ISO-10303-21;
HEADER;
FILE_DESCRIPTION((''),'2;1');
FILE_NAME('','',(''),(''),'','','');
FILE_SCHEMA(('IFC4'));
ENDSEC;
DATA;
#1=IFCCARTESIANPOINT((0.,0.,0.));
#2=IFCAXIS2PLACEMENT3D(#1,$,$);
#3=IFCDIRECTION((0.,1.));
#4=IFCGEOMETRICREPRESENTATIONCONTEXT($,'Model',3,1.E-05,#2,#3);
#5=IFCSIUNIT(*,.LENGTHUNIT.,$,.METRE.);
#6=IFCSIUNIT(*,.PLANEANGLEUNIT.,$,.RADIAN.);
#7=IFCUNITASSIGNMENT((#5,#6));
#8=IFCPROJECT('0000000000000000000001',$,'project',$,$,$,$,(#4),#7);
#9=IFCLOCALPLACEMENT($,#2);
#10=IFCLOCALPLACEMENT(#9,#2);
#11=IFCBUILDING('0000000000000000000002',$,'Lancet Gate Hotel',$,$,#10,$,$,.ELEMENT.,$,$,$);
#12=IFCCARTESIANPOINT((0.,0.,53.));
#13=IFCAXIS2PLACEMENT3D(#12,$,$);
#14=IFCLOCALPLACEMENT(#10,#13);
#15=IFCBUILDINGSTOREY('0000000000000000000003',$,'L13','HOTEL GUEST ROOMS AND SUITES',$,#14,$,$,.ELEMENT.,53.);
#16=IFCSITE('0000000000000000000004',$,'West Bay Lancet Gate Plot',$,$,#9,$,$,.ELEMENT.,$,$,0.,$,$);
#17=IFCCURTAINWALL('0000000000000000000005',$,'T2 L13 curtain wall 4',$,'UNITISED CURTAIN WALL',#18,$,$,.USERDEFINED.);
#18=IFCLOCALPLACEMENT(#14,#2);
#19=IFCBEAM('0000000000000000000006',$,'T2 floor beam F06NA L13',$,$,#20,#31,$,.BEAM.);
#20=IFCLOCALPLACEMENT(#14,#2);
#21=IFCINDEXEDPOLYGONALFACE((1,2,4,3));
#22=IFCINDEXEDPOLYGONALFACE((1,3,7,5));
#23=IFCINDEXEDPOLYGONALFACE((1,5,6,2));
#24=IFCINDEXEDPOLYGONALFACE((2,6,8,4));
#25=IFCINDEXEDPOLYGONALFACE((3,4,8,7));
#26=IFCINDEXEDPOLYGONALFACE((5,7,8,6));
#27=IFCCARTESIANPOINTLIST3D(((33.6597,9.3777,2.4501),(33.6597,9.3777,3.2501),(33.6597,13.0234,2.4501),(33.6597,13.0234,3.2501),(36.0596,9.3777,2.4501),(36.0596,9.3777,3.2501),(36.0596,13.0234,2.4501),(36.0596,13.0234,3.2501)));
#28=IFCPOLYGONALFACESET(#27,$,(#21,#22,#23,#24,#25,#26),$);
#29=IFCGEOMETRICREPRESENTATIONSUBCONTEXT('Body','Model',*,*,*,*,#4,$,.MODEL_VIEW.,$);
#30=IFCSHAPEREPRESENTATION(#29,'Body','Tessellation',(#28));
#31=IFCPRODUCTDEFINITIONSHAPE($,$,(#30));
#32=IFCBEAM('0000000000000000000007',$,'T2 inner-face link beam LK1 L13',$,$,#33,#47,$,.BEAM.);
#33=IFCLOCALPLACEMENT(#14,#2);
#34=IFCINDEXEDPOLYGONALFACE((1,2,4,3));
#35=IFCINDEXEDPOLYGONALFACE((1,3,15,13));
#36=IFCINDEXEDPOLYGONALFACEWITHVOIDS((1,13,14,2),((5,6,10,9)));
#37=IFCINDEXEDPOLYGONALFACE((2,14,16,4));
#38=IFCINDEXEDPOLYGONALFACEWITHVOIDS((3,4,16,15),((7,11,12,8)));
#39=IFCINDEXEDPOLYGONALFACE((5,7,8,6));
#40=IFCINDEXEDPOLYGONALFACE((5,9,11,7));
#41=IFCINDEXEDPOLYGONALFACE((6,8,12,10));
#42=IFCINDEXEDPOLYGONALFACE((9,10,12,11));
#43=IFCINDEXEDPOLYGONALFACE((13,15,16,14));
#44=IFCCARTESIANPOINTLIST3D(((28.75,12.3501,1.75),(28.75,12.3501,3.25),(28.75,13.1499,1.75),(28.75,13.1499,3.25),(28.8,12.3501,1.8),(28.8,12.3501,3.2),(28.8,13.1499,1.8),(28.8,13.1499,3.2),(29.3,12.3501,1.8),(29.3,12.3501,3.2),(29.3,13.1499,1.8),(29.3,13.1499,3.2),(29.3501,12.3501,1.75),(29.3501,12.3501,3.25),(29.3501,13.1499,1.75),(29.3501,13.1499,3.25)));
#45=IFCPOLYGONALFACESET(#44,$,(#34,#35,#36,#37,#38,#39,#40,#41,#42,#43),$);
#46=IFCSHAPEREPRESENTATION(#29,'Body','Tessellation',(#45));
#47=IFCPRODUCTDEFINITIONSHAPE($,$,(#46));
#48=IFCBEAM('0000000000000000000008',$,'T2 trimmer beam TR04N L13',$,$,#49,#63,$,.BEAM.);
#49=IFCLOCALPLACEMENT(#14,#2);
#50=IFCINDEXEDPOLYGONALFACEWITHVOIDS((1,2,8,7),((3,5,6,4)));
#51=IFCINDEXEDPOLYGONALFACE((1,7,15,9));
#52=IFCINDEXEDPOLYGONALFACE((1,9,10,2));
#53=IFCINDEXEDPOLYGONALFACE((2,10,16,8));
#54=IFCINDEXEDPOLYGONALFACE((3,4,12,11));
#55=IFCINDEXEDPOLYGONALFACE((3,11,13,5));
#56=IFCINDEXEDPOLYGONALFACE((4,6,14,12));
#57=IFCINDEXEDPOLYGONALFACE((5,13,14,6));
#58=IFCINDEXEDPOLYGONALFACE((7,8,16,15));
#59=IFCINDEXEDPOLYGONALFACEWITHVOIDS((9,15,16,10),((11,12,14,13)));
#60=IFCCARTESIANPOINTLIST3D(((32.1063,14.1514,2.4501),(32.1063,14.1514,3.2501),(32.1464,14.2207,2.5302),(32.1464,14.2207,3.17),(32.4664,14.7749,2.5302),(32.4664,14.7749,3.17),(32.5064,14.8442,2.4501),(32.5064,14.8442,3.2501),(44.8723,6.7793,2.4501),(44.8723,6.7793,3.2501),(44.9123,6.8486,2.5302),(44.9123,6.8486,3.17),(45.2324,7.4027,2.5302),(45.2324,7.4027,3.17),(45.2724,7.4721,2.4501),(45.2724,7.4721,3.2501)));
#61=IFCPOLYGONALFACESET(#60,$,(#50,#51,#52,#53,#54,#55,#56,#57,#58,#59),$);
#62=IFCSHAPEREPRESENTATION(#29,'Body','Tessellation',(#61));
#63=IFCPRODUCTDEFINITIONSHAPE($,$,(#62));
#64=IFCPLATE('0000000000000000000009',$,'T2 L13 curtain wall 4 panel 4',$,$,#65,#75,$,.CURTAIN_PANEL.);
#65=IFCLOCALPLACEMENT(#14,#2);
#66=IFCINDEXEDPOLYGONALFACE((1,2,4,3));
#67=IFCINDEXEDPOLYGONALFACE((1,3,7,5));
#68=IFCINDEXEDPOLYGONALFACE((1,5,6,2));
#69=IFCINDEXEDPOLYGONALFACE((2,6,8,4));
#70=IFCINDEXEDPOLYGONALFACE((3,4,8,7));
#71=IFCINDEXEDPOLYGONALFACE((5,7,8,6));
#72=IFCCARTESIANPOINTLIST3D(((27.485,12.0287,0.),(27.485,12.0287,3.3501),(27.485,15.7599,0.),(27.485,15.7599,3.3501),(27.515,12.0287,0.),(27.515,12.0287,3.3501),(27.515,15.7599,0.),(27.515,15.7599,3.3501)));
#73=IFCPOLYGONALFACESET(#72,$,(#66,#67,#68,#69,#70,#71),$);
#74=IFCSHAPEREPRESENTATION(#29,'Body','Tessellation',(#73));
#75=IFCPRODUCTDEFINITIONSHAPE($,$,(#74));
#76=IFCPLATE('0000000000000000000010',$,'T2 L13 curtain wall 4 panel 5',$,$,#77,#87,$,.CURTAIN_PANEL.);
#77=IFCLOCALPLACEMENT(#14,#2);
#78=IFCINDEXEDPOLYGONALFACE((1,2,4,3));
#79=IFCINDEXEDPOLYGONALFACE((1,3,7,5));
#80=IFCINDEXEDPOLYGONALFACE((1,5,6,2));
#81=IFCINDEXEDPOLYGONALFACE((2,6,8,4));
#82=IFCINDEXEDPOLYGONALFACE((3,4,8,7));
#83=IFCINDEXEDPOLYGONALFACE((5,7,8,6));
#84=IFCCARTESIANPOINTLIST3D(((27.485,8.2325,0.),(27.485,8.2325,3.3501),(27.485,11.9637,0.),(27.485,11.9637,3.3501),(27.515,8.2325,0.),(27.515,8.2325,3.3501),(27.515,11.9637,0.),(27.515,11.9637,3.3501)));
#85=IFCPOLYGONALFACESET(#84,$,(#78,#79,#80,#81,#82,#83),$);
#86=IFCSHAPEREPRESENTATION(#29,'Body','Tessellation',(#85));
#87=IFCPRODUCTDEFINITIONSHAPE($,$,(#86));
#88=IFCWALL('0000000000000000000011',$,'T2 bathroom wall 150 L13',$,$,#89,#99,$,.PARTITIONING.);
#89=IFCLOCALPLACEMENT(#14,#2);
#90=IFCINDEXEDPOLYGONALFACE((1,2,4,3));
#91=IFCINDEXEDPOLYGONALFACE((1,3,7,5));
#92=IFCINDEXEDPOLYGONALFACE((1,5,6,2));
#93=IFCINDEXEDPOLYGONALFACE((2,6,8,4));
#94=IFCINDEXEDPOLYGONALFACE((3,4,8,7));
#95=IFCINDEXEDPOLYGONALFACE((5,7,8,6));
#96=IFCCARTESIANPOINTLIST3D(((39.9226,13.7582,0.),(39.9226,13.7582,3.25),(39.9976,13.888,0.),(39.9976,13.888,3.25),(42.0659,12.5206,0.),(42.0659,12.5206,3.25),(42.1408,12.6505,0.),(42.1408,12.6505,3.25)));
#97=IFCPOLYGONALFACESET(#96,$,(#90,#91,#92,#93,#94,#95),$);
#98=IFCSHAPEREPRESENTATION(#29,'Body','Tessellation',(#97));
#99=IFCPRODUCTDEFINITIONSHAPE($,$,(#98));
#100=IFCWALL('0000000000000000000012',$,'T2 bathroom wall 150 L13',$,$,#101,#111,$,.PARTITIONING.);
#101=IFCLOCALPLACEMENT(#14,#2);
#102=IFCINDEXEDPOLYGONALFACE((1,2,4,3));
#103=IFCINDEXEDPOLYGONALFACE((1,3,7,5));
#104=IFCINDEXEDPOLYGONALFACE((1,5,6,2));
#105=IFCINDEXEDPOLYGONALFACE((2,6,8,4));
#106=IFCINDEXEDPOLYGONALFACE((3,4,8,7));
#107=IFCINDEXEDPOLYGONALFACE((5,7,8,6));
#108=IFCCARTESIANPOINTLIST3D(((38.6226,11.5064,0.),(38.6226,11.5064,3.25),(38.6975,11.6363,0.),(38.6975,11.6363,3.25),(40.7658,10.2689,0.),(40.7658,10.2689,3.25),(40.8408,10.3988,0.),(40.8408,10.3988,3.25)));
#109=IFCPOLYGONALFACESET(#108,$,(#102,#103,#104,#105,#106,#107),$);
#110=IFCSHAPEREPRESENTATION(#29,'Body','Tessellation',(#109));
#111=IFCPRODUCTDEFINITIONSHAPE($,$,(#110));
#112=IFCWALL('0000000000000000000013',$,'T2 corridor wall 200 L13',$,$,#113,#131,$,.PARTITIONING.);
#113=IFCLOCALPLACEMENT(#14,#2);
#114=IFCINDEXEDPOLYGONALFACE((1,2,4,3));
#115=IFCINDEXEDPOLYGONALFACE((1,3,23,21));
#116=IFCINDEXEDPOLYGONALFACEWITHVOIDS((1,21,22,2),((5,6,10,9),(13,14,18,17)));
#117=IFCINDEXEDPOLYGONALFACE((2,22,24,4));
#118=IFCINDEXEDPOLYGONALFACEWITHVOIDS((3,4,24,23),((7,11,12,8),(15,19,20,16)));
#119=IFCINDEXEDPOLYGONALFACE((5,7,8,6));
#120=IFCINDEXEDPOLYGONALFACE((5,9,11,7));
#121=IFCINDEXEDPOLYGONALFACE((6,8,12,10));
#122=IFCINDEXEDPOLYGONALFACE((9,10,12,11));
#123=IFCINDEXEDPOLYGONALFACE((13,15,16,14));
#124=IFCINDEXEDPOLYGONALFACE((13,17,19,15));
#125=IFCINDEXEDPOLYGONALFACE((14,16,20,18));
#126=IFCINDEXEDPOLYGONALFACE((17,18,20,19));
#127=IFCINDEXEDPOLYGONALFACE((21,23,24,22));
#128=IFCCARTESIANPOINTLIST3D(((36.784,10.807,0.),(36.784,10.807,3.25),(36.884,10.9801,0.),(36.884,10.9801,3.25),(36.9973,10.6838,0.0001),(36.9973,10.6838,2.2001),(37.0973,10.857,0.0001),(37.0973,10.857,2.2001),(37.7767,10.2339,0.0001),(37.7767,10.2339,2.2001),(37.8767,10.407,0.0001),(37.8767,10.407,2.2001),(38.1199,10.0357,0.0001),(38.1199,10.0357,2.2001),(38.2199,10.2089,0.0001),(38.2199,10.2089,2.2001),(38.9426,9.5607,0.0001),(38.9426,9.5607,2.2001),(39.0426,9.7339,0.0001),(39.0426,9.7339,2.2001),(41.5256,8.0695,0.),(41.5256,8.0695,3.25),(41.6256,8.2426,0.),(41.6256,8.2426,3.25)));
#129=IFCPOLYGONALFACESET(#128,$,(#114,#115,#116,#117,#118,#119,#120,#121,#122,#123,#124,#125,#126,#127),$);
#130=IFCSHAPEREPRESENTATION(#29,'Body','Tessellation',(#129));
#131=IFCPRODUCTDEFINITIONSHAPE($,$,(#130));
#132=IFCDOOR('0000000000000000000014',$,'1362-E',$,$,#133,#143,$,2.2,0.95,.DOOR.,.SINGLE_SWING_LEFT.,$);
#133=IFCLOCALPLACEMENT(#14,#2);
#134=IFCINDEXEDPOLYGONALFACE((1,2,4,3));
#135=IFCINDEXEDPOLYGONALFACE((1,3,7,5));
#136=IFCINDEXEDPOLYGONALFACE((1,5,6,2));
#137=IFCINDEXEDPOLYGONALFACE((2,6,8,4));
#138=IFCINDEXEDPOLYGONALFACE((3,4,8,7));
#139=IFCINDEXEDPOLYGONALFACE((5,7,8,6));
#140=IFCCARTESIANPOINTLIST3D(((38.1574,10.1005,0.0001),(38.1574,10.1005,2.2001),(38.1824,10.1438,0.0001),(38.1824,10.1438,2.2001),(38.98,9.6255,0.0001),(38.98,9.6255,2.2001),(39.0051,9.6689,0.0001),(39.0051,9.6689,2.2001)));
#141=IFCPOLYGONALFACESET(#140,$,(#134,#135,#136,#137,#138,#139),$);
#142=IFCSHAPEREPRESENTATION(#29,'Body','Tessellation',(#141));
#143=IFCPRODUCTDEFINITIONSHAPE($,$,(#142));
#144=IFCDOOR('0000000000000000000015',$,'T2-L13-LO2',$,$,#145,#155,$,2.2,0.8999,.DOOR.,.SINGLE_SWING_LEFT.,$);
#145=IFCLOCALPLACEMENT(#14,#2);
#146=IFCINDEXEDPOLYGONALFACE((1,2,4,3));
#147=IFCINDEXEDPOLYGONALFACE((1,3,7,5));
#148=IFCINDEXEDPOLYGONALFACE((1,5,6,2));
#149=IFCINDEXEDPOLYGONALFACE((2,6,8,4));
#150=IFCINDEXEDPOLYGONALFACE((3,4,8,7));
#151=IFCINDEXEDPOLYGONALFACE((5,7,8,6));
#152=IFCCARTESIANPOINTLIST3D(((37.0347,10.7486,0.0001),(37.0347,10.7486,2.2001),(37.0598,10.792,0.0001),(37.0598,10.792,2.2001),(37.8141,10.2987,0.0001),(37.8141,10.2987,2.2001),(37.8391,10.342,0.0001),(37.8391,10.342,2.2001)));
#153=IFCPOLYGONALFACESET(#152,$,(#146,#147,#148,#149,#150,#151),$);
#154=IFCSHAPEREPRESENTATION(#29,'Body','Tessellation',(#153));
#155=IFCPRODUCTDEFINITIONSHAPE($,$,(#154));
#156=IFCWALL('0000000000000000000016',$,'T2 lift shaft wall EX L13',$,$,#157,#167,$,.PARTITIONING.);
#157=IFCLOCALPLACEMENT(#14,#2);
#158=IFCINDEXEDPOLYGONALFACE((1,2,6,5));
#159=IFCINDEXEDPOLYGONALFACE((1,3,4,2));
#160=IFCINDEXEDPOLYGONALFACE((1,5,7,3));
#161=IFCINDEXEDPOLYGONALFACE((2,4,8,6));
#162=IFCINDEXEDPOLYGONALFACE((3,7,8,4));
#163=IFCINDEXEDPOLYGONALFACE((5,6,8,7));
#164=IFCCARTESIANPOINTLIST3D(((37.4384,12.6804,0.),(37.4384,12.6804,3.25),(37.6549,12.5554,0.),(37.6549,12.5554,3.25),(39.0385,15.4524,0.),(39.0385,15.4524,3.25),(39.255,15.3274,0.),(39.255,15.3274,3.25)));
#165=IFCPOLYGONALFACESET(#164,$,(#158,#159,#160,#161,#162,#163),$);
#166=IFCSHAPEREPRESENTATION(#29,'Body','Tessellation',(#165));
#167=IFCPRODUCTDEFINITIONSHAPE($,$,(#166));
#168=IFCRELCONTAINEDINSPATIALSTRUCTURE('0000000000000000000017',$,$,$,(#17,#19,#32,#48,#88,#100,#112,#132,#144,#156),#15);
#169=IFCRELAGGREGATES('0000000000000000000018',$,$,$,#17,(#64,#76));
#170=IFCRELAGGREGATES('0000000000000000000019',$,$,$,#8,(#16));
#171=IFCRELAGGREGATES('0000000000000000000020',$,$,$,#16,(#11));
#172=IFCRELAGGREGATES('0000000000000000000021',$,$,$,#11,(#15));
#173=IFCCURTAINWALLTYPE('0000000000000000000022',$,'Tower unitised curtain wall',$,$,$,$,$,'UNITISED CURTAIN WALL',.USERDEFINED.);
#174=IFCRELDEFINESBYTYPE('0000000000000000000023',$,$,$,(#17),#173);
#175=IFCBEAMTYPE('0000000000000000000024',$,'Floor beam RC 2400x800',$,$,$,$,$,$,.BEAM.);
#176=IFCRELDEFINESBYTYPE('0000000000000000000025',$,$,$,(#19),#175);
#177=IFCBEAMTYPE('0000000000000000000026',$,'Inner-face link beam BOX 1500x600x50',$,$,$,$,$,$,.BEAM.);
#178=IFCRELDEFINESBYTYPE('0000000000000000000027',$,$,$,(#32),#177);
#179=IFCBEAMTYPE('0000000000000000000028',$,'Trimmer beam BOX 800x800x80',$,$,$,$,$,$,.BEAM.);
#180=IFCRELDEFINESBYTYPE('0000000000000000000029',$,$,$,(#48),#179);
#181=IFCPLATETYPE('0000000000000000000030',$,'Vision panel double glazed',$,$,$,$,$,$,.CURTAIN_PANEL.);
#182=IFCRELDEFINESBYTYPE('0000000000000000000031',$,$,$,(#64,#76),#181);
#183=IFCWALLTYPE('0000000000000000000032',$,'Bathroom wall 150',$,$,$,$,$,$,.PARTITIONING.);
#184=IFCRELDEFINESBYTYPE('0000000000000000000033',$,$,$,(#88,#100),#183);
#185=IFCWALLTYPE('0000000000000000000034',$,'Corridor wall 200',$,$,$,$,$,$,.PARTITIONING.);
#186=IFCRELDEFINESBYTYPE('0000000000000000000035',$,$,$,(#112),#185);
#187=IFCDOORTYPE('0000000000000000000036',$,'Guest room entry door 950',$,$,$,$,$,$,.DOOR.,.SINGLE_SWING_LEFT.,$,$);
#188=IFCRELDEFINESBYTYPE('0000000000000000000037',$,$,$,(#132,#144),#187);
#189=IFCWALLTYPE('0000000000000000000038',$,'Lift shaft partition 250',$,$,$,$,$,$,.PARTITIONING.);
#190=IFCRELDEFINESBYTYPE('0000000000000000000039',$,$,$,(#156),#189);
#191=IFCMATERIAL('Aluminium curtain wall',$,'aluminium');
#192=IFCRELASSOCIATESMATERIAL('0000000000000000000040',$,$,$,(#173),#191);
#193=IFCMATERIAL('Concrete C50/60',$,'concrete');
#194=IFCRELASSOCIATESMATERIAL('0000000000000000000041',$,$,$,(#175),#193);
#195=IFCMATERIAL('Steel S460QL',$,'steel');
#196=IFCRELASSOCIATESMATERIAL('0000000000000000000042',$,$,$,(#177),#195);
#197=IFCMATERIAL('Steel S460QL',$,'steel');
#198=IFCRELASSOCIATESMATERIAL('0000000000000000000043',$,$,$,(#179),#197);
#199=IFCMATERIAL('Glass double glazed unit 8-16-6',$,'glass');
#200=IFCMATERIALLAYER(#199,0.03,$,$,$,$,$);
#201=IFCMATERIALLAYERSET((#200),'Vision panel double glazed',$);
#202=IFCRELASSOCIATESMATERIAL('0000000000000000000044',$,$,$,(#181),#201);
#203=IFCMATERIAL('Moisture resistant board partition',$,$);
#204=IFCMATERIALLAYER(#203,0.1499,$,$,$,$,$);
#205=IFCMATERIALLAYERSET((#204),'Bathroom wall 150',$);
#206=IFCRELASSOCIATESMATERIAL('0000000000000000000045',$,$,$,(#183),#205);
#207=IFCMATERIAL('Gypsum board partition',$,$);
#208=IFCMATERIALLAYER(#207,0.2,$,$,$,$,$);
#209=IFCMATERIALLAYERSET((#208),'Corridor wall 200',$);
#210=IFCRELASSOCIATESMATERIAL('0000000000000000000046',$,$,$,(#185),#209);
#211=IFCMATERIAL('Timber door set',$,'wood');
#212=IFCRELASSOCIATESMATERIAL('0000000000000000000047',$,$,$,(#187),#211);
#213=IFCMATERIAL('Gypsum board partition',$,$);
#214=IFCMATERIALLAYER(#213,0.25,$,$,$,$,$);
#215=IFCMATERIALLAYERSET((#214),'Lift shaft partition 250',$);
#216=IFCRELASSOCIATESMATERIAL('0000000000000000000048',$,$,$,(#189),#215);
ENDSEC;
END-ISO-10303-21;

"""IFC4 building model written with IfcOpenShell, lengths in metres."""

from ifc_helpers import new_model, si_unit, direction, frame, frame_2d, origin, origin_2d, place, context, subcontext, project, spatial, rectangle, hollow_rectangle, extrude, material, layer, layer_set, material_profile, profile_set, type_object, element, fill, aggregate, save


model = new_model("IFC4")

# Units and contexts
model_context = context("Model", 3, precision=1e-05, world=origin(), true_north=direction((0.0, 1.0)))
body_context = subcontext(model_context, "Body", "Model", "MODEL_VIEW")
ifc_project = project(units=[si_unit("LENGTHUNIT", "METRE"), si_unit("PLANEANGLEUNIT", "RADIAN")], contexts=[model_context])

# Site, building, storey
site_placement = place(None, origin())
site = spatial("IfcSite", under=ifc_project, at=site_placement, Name="West Bay Lancet Gate Plot", CompositionType="ELEMENT", RefElevation=0.0)
building_placement = place(site_placement, origin())
building = spatial("IfcBuilding", under=site, at=building_placement, Name="Lancet Gate Hotel", CompositionType="ELEMENT")
storey_placement = place(building_placement, frame((0.0, 0.0, 53.0)))
storey = spatial("IfcBuildingStorey", under=building, at=storey_placement, Name="L13", Description="HOTEL GUEST ROOMS AND SUITES", CompositionType="ELEMENT", Elevation=53.0)

# Curtain wall
ifc_material_1 = material(Name="Aluminium curtain wall", Category="aluminium")
curtain_wall_type = type_object("IfcCurtainWallType", Name="Tower unitised curtain wall", ElementType="UNITISED CURTAIN WALL", PredefinedType="USERDEFINED", material=ifc_material_1)
curtain_wall_placement = place(storey_placement, origin())
curtain_wall = element("IfcCurtainWall", 1, at=curtain_wall_placement, inside=storey, type_object=curtain_wall_type, Name="T2 L13 curtain wall 4", ObjectType="UNITISED CURTAIN WALL", PredefinedType="USERDEFINED")

# Beams
ifc_material_2 = material(Name="Concrete C50/60", Category="concrete")
ifc_material_profile_1 = material_profile(ifc_material_2, rectangle(XDim=2.3999, YDim=0.8, at=origin_2d()), Name="RC 2400x800")
ifc_profile_set_1 = profile_set([ifc_material_profile_1], Name="Concrete C50/60")
beam_type_1 = type_object("IfcBeamType", Name="Floor beam RC 2400x800", PredefinedType="BEAM", material=ifc_profile_set_1)
beam_1_placement = place(storey_placement, frame((34.8596, 9.3777, 2.8501), z_axis=(0.0, 1.0, 0.0), x_axis=(-1.0, 0.0, 0.0)))
element("IfcBeam", 2, at=beam_1_placement, inside=storey, type_object=beam_type_1, Name="T2 floor beam F06NA L13", PredefinedType="BEAM", context=body_context, shape_type="SweptSolid", body=[
    extrude(rectangle(XDim=2.3999, YDim=0.8, at=origin_2d()), origin(), (0.0, 0.0, 1.0), 3.6458),
])
ifc_material_3 = material(Name="Steel S460QL", Category="steel")
ifc_material_profile_2 = material_profile(ifc_material_3, hollow_rectangle(XDim=0.6001, YDim=1.5, WallThickness=0.05, at=origin_2d()), Name="BOX 1500x600x50")
ifc_profile_set_2 = profile_set([ifc_material_profile_2], Name="Steel S460QL")
beam_type_2 = type_object("IfcBeamType", Name="Inner-face link beam BOX 1500x600x50", PredefinedType="BEAM", material=ifc_profile_set_2)
beam_2_placement = place(storey_placement, frame((29.05, 12.3501, 2.5), z_axis=(0.0, 1.0, 0.0), x_axis=(-1.0, 0.0, 0.0)))
element("IfcBeam", 3, at=beam_2_placement, inside=storey, type_object=beam_type_2, Name="T2 inner-face link beam LK1 L13", PredefinedType="BEAM", context=body_context, shape_type="SweptSolid", body=[
    extrude(hollow_rectangle(XDim=0.6001, YDim=1.5, WallThickness=0.05, at=origin_2d()), origin(), (0.0, 0.0, 1.0), 0.7998),
])
ifc_material_4 = material(Name="Steel S460QL", Category="steel")
ifc_material_profile_3 = material_profile(ifc_material_4, hollow_rectangle(XDim=0.8, YDim=0.8, WallThickness=0.0801, at=origin_2d()), Name="BOX 800x800x80")
ifc_profile_set_3 = profile_set([ifc_material_profile_3], Name="Steel S460QL")
beam_type_3 = type_object("IfcBeamType", Name="Trimmer beam BOX 800x800x80", PredefinedType="BEAM", material=ifc_profile_set_3)
beam_3_placement = place(storey_placement, frame((32.3064, 14.4978, 2.8501), z_axis=(0.865976, -0.500086, 0.0), x_axis=(0.500086, 0.865976, 0.0)))
element("IfcBeam", 4, at=beam_3_placement, inside=storey, type_object=beam_type_3, Name="T2 trimmer beam TR04N L13", PredefinedType="BEAM", context=body_context, shape_type="SweptSolid", body=[
    extrude(hollow_rectangle(XDim=0.8, YDim=0.8, WallThickness=0.0801, at=origin_2d()), origin(), (0.0, 0.0, 1.0), 14.7417),
])

# Plates
ifc_material_5 = material(Name="Glass double glazed unit 8-16-6", Category="glass")
ifc_layer_1 = layer(ifc_material_5, 0.03)
ifc_layer_set_1 = layer_set([ifc_layer_1], Name="Vision panel double glazed")
plate_type = type_object("IfcPlateType", Name="Vision panel double glazed", PredefinedType="CURTAIN_PANEL", material=ifc_layer_set_1)
plate_1_placement = place(storey_placement, frame((27.5, 13.8943, 0.0), z_axis=(0.0, 0.0, 1.0), x_axis=(0.0, -1.0, 0.0)))
plate_1 = element("IfcPlate", 5, at=plate_1_placement, type_object=plate_type, Name="T2 L13 curtain wall 4 panel 4", PredefinedType="CURTAIN_PANEL", context=body_context, shape_type="SweptSolid", body=[
    extrude(rectangle(XDim=3.7312, YDim=0.03, at=origin_2d()), origin(), (0.0, 0.0, 1.0), 3.3501),
])
plate_2_placement = place(storey_placement, frame((27.5, 10.0981, 0.0), z_axis=(0.0, 0.0, 1.0), x_axis=(0.0, -1.0, 0.0)))
plate_2 = element("IfcPlate", 6, at=plate_2_placement, type_object=plate_type, Name="T2 L13 curtain wall 4 panel 5", PredefinedType="CURTAIN_PANEL", context=body_context, shape_type="SweptSolid", body=[
    extrude(rectangle(XDim=3.7312, YDim=0.03, at=origin_2d()), origin(), (0.0, 0.0, 1.0), 3.3501),
])
aggregate(curtain_wall, [plate_1, plate_2])

# Walls
ifc_material_6 = material(Name="Moisture resistant board partition")
ifc_layer_2 = layer(ifc_material_6, 0.1499)
ifc_layer_set_2 = layer_set([ifc_layer_2], Name="Bathroom wall 150")
wall_type_1 = type_object("IfcWallType", Name="Bathroom wall 150", PredefinedType="PARTITIONING", material=ifc_layer_set_2)
for number, where, z_axis, x_axis, name in (
    (7, (39.9602, 13.823, 0.0), (0.0, 0.0, 1.0), (0.866007, -0.500033, 0.0), "T2 bathroom wall 150 L13"),
    (8, (38.6602, 11.5713, 0.0), (0.0, 0.0, 1.0), (0.866007, -0.500033, 0.0), "T2 bathroom wall 150 L13"),
):
    element("IfcWall", number, at=place(storey_placement, frame(where, z_axis=z_axis, x_axis=x_axis)), inside=storey, type_object=wall_type_1, Name=name, PredefinedType="PARTITIONING", context=body_context, shape_type="SweptSolid", body=[
        extrude(rectangle(XDim=2.4749, YDim=0.1499, at=frame_2d((1.2373, 0.0))), origin(), (0.0, 0.0, 1.0), 3.25),
    ])

# Wall, openings, doors
ifc_material_7 = material(Name="Gypsum board partition")
ifc_layer_3 = layer(ifc_material_7, 0.2)
ifc_layer_set_3 = layer_set([ifc_layer_3], Name="Corridor wall 200")
wall_type_2 = type_object("IfcWallType", Name="Corridor wall 200", PredefinedType="PARTITIONING", material=ifc_layer_set_3)
wall_1_placement = place(storey_placement, frame((36.834, 10.8936, 0.0), z_axis=(0.0, 0.0, 1.0), x_axis=(0.866031, -0.49999, 0.0)))
wall_1 = element("IfcWall", 9, at=wall_1_placement, inside=storey, type_object=wall_type_2, Name="T2 corridor wall 200 L13", PredefinedType="PARTITIONING", context=body_context, shape_type="SweptSolid", body=[
    extrude(rectangle(XDim=5.4751, YDim=0.2, at=frame_2d((2.7375, 0.0))), origin(), (0.0, 0.0, 1.0), 3.25),
])
opening_1_placement = place(wall_1_placement, frame((1.5425, 0.0, 0.0)))
opening_1 = element("IfcOpeningElement", 10, at=opening_1_placement, cuts=wall_1, PredefinedType="OPENING", context=body_context, shape_type="SweptSolid", body=[
    extrude(rectangle(XDim=0.95, YDim=2.2, at=frame_2d((0.4751, 1.1001))), frame((0.0, 0.1099, 0.0), z_axis=(0.0, -1.0, 0.0), x_axis=(1.0, 0.0, 0.0)), (0.0, 0.0, 1.0), 0.22),
])
opening_2_placement = place(wall_1_placement, frame((0.2463, 0.0, 0.0)))
opening_2 = element("IfcOpeningElement", 11, at=opening_2_placement, cuts=wall_1, PredefinedType="OPENING", context=body_context, shape_type="SweptSolid", body=[
    extrude(rectangle(XDim=0.8999, YDim=2.2, at=frame_2d((0.45, 1.1001))), frame((0.0, 0.1099, 0.0), z_axis=(0.0, -1.0, 0.0), x_axis=(1.0, 0.0, 0.0)), (0.0, 0.0, 1.0), 0.22),
])
ifc_material_8 = material(Name="Timber door set", Category="wood")
door_type = type_object("IfcDoorType", Name="Guest room entry door 950", OperationType="SINGLE_SWING_LEFT", PredefinedType="DOOR", material=ifc_material_8)
door_1_placement = place(opening_1_placement, origin())
door_1 = element("IfcDoor", 12, at=door_1_placement, inside=storey, type_object=door_type, Name="1362-E", OperationType="SINGLE_SWING_LEFT", OverallHeight=2.2, OverallWidth=0.95, PredefinedType="DOOR", context=body_context, shape_type="SweptSolid", body=[
    extrude(rectangle(XDim=0.95, YDim=2.2, at=frame_2d((0.4751, 1.1001))), frame((0.0, 0.0249, 0.0), z_axis=(0.0, -1.0, 0.0), x_axis=(1.0, 0.0, 0.0)), (0.0, 0.0, 1.0), 0.05),
])
fill(opening_1, door_1)
door_2_placement = place(opening_2_placement, origin())
door_2 = element("IfcDoor", 13, at=door_2_placement, inside=storey, type_object=door_type, Name="T2-L13-LO2", OperationType="SINGLE_SWING_LEFT", OverallHeight=2.2, OverallWidth=0.8999, PredefinedType="DOOR", context=body_context, shape_type="SweptSolid", body=[
    extrude(rectangle(XDim=0.8999, YDim=2.2, at=frame_2d((0.45, 1.1001))), frame((0.0, 0.0249, 0.0), z_axis=(0.0, -1.0, 0.0), x_axis=(1.0, 0.0, 0.0)), (0.0, 0.0, 1.0), 0.05),
])
fill(opening_2, door_2)

# Wall
ifc_material_9 = material(Name="Gypsum board partition")
ifc_layer_4 = layer(ifc_material_9, 0.25)
ifc_layer_set_4 = layer_set([ifc_layer_4], Name="Lift shaft partition 250")
wall_type_3 = type_object("IfcWallType", Name="Lift shaft partition 250", PredefinedType="PARTITIONING", material=ifc_layer_set_4)
wall_2_placement = place(storey_placement, frame((37.5466, 12.6179, 0.0), z_axis=(0.0, 0.0, 1.0), x_axis=(0.499929, 0.866066, 0.0)))
element("IfcWall", 14, at=wall_2_placement, inside=storey, type_object=wall_type_3, Name="T2 lift shaft wall EX L13", PredefinedType="PARTITIONING", context=body_context, shape_type="SweptSolid", body=[
    extrude(rectangle(XDim=3.2007, YDim=0.25, at=frame_2d((1.6003, 0.0))), origin(), (0.0, 0.0, 1.0), 3.25),
])

save(model, "model.ifc")
